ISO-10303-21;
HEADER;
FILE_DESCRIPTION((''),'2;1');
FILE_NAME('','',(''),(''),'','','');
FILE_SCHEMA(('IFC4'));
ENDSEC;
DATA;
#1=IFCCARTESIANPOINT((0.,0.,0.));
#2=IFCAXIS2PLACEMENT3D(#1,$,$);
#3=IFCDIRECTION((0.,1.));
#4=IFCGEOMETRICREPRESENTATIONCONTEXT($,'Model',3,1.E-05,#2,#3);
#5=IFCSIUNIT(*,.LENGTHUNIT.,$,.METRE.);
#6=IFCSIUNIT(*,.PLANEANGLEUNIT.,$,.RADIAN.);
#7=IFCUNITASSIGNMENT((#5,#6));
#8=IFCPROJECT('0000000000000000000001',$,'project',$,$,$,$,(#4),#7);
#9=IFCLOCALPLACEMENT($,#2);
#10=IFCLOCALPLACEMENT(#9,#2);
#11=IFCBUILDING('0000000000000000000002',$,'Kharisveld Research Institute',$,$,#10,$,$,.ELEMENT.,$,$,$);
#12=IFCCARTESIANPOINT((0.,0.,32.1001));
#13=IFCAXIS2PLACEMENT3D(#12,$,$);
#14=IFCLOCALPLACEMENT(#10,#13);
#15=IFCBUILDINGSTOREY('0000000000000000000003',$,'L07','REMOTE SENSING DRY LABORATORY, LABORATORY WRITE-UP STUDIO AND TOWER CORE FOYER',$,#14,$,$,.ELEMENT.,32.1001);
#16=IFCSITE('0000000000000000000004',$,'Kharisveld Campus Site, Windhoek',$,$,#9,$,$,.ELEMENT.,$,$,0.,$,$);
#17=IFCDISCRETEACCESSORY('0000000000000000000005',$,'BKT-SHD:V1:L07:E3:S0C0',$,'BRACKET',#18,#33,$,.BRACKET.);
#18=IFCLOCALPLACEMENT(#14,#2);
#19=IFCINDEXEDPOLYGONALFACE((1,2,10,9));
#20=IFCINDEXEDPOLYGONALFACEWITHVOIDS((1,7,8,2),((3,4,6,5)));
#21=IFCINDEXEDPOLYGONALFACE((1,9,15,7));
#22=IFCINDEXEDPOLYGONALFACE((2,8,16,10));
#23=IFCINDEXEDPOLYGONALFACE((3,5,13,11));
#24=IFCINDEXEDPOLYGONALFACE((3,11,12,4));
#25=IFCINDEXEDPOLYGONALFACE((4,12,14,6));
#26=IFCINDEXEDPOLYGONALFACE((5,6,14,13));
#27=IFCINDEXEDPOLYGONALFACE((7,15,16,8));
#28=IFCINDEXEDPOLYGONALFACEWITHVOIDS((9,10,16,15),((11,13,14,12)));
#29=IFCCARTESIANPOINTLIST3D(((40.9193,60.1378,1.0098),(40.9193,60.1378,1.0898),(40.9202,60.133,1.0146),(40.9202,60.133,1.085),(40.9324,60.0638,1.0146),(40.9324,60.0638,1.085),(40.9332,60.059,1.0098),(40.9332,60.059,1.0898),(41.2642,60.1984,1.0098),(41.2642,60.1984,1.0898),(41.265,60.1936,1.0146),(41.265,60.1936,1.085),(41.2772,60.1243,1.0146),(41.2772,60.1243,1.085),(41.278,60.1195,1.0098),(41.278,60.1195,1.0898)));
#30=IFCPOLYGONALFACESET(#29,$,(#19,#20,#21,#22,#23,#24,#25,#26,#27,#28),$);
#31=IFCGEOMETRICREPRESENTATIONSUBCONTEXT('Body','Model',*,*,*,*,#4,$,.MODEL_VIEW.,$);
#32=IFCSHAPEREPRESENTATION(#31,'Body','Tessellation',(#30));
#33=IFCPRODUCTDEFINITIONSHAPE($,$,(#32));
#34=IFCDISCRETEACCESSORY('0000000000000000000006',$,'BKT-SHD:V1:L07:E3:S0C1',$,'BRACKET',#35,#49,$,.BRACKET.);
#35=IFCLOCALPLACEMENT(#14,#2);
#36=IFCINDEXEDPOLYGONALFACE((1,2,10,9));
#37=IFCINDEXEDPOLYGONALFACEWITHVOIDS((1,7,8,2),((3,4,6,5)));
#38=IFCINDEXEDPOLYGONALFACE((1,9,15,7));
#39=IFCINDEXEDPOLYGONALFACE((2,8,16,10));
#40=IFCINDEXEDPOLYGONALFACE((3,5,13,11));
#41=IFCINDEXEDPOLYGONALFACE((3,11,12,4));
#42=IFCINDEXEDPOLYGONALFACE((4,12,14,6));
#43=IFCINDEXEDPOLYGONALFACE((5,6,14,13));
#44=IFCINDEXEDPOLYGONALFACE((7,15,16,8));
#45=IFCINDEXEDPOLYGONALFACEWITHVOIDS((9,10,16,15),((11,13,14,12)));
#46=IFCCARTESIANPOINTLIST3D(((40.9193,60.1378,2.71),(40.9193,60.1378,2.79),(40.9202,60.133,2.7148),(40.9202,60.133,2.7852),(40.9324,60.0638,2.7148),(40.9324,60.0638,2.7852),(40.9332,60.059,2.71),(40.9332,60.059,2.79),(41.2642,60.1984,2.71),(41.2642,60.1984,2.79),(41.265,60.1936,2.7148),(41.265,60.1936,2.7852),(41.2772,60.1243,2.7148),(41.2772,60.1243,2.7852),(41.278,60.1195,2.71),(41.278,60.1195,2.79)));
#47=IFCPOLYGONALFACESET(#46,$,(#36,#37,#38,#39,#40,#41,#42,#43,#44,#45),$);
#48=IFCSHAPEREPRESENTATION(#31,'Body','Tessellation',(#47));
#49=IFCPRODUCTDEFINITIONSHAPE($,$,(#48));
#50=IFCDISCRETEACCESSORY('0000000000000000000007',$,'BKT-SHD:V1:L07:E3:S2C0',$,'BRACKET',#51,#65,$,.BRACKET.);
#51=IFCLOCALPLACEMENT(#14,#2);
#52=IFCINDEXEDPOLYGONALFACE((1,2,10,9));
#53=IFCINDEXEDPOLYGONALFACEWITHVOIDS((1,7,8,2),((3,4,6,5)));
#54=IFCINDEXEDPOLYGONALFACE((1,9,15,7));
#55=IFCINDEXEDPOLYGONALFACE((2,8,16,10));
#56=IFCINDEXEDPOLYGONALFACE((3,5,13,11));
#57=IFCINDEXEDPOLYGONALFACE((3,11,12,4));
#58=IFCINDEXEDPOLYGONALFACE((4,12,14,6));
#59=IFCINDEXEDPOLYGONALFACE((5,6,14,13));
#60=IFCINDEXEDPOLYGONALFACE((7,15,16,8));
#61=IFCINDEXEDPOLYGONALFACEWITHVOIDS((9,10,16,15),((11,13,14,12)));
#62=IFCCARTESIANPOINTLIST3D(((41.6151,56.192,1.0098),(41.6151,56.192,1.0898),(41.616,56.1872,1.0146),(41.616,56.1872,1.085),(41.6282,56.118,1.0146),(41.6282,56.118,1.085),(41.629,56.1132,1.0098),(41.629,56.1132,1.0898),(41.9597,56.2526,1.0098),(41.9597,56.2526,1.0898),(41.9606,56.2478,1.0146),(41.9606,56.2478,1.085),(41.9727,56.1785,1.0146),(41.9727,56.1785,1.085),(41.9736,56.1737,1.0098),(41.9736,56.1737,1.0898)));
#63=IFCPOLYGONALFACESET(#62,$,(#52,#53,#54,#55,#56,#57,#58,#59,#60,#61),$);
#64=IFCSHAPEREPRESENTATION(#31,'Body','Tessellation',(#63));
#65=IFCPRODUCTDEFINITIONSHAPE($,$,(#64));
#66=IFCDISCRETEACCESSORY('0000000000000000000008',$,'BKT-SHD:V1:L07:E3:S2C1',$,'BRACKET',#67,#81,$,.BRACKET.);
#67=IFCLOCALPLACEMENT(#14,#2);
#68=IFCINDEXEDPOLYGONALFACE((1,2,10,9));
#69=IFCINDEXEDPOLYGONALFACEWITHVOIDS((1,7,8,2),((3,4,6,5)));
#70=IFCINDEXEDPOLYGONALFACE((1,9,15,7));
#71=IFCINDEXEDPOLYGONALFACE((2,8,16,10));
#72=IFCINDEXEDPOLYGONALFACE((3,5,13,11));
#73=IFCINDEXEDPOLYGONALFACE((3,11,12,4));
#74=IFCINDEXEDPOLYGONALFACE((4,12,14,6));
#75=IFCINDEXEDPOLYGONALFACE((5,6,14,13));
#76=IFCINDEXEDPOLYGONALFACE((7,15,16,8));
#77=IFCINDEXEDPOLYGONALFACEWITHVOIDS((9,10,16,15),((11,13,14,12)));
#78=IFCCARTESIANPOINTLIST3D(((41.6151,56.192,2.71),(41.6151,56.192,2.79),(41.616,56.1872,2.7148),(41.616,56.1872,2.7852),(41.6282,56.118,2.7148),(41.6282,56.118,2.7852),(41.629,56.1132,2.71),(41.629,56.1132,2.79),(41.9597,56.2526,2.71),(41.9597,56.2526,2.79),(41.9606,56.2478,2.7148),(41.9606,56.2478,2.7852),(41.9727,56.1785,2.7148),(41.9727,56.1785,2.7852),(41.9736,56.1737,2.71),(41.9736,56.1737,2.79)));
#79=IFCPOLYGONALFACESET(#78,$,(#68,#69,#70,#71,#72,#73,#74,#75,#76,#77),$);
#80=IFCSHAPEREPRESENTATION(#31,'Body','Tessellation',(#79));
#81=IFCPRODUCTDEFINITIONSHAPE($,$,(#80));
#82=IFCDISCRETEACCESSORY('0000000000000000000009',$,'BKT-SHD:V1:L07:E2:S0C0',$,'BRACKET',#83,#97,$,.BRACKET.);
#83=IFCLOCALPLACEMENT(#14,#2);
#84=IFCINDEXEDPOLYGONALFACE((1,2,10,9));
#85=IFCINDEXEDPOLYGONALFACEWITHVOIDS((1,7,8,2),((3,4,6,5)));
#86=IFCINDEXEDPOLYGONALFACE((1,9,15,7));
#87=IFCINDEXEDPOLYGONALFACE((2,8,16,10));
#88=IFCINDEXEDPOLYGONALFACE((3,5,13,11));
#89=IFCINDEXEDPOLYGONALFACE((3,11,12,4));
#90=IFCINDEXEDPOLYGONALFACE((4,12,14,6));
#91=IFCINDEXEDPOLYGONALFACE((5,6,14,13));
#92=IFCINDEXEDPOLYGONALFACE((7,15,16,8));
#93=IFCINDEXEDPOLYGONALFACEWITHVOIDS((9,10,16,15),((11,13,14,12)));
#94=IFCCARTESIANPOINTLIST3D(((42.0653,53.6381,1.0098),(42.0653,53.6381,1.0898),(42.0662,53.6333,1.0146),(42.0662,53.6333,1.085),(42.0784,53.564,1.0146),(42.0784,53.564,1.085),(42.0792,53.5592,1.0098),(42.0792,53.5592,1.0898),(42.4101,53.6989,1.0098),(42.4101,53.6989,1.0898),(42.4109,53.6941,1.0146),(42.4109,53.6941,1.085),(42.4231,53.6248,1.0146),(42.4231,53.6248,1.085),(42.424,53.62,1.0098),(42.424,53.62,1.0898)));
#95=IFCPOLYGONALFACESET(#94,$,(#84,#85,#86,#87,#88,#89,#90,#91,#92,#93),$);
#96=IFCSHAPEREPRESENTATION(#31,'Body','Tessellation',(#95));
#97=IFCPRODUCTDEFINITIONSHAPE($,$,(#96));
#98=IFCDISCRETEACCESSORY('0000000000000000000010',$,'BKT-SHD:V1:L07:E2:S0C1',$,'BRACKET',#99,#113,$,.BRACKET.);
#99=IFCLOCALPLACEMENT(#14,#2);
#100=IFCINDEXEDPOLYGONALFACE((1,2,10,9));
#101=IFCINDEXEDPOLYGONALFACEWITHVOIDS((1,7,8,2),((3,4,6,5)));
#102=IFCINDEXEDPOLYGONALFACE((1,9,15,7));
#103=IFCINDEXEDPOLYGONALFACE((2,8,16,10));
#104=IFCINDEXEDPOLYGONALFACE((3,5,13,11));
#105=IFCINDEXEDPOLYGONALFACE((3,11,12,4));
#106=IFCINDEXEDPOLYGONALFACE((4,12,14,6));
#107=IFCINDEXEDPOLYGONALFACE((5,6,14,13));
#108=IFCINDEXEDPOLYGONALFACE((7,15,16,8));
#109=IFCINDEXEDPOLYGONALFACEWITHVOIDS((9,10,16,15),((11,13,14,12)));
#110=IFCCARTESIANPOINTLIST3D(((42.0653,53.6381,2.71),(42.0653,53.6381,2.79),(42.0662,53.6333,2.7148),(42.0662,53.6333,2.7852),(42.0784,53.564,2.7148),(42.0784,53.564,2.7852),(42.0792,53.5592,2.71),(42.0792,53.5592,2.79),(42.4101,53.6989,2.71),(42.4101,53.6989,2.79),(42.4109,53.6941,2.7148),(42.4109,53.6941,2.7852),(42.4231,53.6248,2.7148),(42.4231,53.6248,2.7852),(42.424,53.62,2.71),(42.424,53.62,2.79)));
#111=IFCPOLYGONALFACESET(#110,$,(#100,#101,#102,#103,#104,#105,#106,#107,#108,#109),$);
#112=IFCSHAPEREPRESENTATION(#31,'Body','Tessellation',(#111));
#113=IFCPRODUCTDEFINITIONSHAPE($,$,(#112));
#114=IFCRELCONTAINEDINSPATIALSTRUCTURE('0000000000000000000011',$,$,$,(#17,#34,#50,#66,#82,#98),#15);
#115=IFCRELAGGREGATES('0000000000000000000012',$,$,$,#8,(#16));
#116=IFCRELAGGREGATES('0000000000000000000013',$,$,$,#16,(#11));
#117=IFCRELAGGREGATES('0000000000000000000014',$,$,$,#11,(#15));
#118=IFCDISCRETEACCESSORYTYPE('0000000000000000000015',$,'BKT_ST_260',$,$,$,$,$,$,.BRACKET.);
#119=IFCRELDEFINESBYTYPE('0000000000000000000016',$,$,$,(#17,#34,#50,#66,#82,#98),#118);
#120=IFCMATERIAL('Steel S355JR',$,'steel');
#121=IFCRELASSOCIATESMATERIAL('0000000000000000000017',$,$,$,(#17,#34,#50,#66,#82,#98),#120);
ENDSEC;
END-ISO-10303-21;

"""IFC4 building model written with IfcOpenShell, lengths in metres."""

from ifc_helpers import new_model, si_unit, direction, frame, origin, origin_2d, place, context, subcontext, project, spatial, hollow_rectangle, extrude, material, type_object, element, save


model = new_model("IFC4")

# Units and contexts
model_context = context("Model", 3, precision=1e-05, world=origin(), true_north=direction((0.0, 1.0)))
body_context = subcontext(model_context, "Body", "Model", "MODEL_VIEW")
ifc_project = project(units=[si_unit("LENGTHUNIT", "METRE"), si_unit("PLANEANGLEUNIT", "RADIAN")], contexts=[model_context])

# Site, building, storey
site_placement = place(None, origin())
site = spatial("IfcSite", under=ifc_project, at=site_placement, Name="Kharisveld Campus Site, Windhoek", CompositionType="ELEMENT", RefElevation=0.0)
building_placement = place(site_placement, origin())
building = spatial("IfcBuilding", under=site, at=building_placement, Name="Kharisveld Research Institute", CompositionType="ELEMENT")
storey_placement = place(building_placement, frame((0.0, 0.0, 32.1001)))
storey = spatial("IfcBuildingStorey", under=building, at=storey_placement, Name="L07", Description="REMOTE SENSING DRY LABORATORY, LABORATORY WRITE-UP STUDIO AND TOWER CORE FOYER", CompositionType="ELEMENT", Elevation=32.1001)

# Discrete accessories
ifc_material_1 = material(Name="Steel S355JR", Category="steel")
discrete_accessory_type = type_object("IfcDiscreteAccessoryType", Name="BKT_ST_260", PredefinedType="BRACKET")
for number, where, z_axis, x_axis, name in (
    (1, (40.9263, 60.0984, 1.0498), (0.984924, 0.172989, 0.0), (-0.172989, 0.984924, 0.0), "BKT-SHD:V1:L07:E3:S0C0"),
    (2, (40.9263, 60.0984, 2.75), (0.984924, 0.172989, 0.0), (-0.172989, 0.984924, 0.0), "BKT-SHD:V1:L07:E3:S0C1"),
):
    element("IfcDiscreteAccessory", number, at=place(storey_placement, frame(where, z_axis=z_axis, x_axis=x_axis)), inside=storey, type_object=discrete_accessory_type, material=ifc_material_1, Name=name, ObjectType="BRACKET", PredefinedType="BRACKET", context=body_context, shape_type="SweptSolid", body=[
        extrude(hollow_rectangle(XDim=0.0801, YDim=0.0801, WallThickness=0.0049, at=origin_2d()), origin(), (0.0, 0.0, 1.0), 0.3501),
    ])
for number, where, z_axis, x_axis, name in (
    (3, (41.6221, 56.1526, 1.0498), (0.984903, 0.173108, 0.0), (-0.173108, 0.984903, 0.0), "BKT-SHD:V1:L07:E3:S2C0"),
    (4, (41.6221, 56.1526, 2.75), (0.984903, 0.173108, 0.0), (-0.173108, 0.984903, 0.0), "BKT-SHD:V1:L07:E3:S2C1"),
):
    element("IfcDiscreteAccessory", number, at=place(storey_placement, frame(where, z_axis=z_axis, x_axis=x_axis)), inside=storey, type_object=discrete_accessory_type, material=ifc_material_1, Name=name, ObjectType="BRACKET", PredefinedType="BRACKET", context=body_context, shape_type="SweptSolid", body=[
        extrude(hollow_rectangle(XDim=0.0801, YDim=0.0801, WallThickness=0.0049, at=origin_2d()), origin(), (0.0, 0.0, 1.0), 0.3499),
    ])
for number, where, z_axis, x_axis, name in (
    (5, (42.0723, 53.5986, 1.0498), (0.984805, 0.173666, 0.0), (-0.173666, 0.984805, 0.0), "BKT-SHD:V1:L07:E2:S0C0"),
    (6, (42.0723, 53.5986, 2.75), (0.984805, 0.173666, 0.0), (-0.173666, 0.984805, 0.0), "BKT-SHD:V1:L07:E2:S0C1"),
):
    element("IfcDiscreteAccessory", number, at=place(storey_placement, frame(where, z_axis=z_axis, x_axis=x_axis)), inside=storey, type_object=discrete_accessory_type, material=ifc_material_1, Name=name, ObjectType="BRACKET", PredefinedType="BRACKET", context=body_context, shape_type="SweptSolid", body=[
        extrude(hollow_rectangle(XDim=0.0801, YDim=0.0801, WallThickness=0.0049, at=origin_2d()), origin(), (0.0, 0.0, 1.0), 0.3501),
    ])

save(model, "model.ifc")
